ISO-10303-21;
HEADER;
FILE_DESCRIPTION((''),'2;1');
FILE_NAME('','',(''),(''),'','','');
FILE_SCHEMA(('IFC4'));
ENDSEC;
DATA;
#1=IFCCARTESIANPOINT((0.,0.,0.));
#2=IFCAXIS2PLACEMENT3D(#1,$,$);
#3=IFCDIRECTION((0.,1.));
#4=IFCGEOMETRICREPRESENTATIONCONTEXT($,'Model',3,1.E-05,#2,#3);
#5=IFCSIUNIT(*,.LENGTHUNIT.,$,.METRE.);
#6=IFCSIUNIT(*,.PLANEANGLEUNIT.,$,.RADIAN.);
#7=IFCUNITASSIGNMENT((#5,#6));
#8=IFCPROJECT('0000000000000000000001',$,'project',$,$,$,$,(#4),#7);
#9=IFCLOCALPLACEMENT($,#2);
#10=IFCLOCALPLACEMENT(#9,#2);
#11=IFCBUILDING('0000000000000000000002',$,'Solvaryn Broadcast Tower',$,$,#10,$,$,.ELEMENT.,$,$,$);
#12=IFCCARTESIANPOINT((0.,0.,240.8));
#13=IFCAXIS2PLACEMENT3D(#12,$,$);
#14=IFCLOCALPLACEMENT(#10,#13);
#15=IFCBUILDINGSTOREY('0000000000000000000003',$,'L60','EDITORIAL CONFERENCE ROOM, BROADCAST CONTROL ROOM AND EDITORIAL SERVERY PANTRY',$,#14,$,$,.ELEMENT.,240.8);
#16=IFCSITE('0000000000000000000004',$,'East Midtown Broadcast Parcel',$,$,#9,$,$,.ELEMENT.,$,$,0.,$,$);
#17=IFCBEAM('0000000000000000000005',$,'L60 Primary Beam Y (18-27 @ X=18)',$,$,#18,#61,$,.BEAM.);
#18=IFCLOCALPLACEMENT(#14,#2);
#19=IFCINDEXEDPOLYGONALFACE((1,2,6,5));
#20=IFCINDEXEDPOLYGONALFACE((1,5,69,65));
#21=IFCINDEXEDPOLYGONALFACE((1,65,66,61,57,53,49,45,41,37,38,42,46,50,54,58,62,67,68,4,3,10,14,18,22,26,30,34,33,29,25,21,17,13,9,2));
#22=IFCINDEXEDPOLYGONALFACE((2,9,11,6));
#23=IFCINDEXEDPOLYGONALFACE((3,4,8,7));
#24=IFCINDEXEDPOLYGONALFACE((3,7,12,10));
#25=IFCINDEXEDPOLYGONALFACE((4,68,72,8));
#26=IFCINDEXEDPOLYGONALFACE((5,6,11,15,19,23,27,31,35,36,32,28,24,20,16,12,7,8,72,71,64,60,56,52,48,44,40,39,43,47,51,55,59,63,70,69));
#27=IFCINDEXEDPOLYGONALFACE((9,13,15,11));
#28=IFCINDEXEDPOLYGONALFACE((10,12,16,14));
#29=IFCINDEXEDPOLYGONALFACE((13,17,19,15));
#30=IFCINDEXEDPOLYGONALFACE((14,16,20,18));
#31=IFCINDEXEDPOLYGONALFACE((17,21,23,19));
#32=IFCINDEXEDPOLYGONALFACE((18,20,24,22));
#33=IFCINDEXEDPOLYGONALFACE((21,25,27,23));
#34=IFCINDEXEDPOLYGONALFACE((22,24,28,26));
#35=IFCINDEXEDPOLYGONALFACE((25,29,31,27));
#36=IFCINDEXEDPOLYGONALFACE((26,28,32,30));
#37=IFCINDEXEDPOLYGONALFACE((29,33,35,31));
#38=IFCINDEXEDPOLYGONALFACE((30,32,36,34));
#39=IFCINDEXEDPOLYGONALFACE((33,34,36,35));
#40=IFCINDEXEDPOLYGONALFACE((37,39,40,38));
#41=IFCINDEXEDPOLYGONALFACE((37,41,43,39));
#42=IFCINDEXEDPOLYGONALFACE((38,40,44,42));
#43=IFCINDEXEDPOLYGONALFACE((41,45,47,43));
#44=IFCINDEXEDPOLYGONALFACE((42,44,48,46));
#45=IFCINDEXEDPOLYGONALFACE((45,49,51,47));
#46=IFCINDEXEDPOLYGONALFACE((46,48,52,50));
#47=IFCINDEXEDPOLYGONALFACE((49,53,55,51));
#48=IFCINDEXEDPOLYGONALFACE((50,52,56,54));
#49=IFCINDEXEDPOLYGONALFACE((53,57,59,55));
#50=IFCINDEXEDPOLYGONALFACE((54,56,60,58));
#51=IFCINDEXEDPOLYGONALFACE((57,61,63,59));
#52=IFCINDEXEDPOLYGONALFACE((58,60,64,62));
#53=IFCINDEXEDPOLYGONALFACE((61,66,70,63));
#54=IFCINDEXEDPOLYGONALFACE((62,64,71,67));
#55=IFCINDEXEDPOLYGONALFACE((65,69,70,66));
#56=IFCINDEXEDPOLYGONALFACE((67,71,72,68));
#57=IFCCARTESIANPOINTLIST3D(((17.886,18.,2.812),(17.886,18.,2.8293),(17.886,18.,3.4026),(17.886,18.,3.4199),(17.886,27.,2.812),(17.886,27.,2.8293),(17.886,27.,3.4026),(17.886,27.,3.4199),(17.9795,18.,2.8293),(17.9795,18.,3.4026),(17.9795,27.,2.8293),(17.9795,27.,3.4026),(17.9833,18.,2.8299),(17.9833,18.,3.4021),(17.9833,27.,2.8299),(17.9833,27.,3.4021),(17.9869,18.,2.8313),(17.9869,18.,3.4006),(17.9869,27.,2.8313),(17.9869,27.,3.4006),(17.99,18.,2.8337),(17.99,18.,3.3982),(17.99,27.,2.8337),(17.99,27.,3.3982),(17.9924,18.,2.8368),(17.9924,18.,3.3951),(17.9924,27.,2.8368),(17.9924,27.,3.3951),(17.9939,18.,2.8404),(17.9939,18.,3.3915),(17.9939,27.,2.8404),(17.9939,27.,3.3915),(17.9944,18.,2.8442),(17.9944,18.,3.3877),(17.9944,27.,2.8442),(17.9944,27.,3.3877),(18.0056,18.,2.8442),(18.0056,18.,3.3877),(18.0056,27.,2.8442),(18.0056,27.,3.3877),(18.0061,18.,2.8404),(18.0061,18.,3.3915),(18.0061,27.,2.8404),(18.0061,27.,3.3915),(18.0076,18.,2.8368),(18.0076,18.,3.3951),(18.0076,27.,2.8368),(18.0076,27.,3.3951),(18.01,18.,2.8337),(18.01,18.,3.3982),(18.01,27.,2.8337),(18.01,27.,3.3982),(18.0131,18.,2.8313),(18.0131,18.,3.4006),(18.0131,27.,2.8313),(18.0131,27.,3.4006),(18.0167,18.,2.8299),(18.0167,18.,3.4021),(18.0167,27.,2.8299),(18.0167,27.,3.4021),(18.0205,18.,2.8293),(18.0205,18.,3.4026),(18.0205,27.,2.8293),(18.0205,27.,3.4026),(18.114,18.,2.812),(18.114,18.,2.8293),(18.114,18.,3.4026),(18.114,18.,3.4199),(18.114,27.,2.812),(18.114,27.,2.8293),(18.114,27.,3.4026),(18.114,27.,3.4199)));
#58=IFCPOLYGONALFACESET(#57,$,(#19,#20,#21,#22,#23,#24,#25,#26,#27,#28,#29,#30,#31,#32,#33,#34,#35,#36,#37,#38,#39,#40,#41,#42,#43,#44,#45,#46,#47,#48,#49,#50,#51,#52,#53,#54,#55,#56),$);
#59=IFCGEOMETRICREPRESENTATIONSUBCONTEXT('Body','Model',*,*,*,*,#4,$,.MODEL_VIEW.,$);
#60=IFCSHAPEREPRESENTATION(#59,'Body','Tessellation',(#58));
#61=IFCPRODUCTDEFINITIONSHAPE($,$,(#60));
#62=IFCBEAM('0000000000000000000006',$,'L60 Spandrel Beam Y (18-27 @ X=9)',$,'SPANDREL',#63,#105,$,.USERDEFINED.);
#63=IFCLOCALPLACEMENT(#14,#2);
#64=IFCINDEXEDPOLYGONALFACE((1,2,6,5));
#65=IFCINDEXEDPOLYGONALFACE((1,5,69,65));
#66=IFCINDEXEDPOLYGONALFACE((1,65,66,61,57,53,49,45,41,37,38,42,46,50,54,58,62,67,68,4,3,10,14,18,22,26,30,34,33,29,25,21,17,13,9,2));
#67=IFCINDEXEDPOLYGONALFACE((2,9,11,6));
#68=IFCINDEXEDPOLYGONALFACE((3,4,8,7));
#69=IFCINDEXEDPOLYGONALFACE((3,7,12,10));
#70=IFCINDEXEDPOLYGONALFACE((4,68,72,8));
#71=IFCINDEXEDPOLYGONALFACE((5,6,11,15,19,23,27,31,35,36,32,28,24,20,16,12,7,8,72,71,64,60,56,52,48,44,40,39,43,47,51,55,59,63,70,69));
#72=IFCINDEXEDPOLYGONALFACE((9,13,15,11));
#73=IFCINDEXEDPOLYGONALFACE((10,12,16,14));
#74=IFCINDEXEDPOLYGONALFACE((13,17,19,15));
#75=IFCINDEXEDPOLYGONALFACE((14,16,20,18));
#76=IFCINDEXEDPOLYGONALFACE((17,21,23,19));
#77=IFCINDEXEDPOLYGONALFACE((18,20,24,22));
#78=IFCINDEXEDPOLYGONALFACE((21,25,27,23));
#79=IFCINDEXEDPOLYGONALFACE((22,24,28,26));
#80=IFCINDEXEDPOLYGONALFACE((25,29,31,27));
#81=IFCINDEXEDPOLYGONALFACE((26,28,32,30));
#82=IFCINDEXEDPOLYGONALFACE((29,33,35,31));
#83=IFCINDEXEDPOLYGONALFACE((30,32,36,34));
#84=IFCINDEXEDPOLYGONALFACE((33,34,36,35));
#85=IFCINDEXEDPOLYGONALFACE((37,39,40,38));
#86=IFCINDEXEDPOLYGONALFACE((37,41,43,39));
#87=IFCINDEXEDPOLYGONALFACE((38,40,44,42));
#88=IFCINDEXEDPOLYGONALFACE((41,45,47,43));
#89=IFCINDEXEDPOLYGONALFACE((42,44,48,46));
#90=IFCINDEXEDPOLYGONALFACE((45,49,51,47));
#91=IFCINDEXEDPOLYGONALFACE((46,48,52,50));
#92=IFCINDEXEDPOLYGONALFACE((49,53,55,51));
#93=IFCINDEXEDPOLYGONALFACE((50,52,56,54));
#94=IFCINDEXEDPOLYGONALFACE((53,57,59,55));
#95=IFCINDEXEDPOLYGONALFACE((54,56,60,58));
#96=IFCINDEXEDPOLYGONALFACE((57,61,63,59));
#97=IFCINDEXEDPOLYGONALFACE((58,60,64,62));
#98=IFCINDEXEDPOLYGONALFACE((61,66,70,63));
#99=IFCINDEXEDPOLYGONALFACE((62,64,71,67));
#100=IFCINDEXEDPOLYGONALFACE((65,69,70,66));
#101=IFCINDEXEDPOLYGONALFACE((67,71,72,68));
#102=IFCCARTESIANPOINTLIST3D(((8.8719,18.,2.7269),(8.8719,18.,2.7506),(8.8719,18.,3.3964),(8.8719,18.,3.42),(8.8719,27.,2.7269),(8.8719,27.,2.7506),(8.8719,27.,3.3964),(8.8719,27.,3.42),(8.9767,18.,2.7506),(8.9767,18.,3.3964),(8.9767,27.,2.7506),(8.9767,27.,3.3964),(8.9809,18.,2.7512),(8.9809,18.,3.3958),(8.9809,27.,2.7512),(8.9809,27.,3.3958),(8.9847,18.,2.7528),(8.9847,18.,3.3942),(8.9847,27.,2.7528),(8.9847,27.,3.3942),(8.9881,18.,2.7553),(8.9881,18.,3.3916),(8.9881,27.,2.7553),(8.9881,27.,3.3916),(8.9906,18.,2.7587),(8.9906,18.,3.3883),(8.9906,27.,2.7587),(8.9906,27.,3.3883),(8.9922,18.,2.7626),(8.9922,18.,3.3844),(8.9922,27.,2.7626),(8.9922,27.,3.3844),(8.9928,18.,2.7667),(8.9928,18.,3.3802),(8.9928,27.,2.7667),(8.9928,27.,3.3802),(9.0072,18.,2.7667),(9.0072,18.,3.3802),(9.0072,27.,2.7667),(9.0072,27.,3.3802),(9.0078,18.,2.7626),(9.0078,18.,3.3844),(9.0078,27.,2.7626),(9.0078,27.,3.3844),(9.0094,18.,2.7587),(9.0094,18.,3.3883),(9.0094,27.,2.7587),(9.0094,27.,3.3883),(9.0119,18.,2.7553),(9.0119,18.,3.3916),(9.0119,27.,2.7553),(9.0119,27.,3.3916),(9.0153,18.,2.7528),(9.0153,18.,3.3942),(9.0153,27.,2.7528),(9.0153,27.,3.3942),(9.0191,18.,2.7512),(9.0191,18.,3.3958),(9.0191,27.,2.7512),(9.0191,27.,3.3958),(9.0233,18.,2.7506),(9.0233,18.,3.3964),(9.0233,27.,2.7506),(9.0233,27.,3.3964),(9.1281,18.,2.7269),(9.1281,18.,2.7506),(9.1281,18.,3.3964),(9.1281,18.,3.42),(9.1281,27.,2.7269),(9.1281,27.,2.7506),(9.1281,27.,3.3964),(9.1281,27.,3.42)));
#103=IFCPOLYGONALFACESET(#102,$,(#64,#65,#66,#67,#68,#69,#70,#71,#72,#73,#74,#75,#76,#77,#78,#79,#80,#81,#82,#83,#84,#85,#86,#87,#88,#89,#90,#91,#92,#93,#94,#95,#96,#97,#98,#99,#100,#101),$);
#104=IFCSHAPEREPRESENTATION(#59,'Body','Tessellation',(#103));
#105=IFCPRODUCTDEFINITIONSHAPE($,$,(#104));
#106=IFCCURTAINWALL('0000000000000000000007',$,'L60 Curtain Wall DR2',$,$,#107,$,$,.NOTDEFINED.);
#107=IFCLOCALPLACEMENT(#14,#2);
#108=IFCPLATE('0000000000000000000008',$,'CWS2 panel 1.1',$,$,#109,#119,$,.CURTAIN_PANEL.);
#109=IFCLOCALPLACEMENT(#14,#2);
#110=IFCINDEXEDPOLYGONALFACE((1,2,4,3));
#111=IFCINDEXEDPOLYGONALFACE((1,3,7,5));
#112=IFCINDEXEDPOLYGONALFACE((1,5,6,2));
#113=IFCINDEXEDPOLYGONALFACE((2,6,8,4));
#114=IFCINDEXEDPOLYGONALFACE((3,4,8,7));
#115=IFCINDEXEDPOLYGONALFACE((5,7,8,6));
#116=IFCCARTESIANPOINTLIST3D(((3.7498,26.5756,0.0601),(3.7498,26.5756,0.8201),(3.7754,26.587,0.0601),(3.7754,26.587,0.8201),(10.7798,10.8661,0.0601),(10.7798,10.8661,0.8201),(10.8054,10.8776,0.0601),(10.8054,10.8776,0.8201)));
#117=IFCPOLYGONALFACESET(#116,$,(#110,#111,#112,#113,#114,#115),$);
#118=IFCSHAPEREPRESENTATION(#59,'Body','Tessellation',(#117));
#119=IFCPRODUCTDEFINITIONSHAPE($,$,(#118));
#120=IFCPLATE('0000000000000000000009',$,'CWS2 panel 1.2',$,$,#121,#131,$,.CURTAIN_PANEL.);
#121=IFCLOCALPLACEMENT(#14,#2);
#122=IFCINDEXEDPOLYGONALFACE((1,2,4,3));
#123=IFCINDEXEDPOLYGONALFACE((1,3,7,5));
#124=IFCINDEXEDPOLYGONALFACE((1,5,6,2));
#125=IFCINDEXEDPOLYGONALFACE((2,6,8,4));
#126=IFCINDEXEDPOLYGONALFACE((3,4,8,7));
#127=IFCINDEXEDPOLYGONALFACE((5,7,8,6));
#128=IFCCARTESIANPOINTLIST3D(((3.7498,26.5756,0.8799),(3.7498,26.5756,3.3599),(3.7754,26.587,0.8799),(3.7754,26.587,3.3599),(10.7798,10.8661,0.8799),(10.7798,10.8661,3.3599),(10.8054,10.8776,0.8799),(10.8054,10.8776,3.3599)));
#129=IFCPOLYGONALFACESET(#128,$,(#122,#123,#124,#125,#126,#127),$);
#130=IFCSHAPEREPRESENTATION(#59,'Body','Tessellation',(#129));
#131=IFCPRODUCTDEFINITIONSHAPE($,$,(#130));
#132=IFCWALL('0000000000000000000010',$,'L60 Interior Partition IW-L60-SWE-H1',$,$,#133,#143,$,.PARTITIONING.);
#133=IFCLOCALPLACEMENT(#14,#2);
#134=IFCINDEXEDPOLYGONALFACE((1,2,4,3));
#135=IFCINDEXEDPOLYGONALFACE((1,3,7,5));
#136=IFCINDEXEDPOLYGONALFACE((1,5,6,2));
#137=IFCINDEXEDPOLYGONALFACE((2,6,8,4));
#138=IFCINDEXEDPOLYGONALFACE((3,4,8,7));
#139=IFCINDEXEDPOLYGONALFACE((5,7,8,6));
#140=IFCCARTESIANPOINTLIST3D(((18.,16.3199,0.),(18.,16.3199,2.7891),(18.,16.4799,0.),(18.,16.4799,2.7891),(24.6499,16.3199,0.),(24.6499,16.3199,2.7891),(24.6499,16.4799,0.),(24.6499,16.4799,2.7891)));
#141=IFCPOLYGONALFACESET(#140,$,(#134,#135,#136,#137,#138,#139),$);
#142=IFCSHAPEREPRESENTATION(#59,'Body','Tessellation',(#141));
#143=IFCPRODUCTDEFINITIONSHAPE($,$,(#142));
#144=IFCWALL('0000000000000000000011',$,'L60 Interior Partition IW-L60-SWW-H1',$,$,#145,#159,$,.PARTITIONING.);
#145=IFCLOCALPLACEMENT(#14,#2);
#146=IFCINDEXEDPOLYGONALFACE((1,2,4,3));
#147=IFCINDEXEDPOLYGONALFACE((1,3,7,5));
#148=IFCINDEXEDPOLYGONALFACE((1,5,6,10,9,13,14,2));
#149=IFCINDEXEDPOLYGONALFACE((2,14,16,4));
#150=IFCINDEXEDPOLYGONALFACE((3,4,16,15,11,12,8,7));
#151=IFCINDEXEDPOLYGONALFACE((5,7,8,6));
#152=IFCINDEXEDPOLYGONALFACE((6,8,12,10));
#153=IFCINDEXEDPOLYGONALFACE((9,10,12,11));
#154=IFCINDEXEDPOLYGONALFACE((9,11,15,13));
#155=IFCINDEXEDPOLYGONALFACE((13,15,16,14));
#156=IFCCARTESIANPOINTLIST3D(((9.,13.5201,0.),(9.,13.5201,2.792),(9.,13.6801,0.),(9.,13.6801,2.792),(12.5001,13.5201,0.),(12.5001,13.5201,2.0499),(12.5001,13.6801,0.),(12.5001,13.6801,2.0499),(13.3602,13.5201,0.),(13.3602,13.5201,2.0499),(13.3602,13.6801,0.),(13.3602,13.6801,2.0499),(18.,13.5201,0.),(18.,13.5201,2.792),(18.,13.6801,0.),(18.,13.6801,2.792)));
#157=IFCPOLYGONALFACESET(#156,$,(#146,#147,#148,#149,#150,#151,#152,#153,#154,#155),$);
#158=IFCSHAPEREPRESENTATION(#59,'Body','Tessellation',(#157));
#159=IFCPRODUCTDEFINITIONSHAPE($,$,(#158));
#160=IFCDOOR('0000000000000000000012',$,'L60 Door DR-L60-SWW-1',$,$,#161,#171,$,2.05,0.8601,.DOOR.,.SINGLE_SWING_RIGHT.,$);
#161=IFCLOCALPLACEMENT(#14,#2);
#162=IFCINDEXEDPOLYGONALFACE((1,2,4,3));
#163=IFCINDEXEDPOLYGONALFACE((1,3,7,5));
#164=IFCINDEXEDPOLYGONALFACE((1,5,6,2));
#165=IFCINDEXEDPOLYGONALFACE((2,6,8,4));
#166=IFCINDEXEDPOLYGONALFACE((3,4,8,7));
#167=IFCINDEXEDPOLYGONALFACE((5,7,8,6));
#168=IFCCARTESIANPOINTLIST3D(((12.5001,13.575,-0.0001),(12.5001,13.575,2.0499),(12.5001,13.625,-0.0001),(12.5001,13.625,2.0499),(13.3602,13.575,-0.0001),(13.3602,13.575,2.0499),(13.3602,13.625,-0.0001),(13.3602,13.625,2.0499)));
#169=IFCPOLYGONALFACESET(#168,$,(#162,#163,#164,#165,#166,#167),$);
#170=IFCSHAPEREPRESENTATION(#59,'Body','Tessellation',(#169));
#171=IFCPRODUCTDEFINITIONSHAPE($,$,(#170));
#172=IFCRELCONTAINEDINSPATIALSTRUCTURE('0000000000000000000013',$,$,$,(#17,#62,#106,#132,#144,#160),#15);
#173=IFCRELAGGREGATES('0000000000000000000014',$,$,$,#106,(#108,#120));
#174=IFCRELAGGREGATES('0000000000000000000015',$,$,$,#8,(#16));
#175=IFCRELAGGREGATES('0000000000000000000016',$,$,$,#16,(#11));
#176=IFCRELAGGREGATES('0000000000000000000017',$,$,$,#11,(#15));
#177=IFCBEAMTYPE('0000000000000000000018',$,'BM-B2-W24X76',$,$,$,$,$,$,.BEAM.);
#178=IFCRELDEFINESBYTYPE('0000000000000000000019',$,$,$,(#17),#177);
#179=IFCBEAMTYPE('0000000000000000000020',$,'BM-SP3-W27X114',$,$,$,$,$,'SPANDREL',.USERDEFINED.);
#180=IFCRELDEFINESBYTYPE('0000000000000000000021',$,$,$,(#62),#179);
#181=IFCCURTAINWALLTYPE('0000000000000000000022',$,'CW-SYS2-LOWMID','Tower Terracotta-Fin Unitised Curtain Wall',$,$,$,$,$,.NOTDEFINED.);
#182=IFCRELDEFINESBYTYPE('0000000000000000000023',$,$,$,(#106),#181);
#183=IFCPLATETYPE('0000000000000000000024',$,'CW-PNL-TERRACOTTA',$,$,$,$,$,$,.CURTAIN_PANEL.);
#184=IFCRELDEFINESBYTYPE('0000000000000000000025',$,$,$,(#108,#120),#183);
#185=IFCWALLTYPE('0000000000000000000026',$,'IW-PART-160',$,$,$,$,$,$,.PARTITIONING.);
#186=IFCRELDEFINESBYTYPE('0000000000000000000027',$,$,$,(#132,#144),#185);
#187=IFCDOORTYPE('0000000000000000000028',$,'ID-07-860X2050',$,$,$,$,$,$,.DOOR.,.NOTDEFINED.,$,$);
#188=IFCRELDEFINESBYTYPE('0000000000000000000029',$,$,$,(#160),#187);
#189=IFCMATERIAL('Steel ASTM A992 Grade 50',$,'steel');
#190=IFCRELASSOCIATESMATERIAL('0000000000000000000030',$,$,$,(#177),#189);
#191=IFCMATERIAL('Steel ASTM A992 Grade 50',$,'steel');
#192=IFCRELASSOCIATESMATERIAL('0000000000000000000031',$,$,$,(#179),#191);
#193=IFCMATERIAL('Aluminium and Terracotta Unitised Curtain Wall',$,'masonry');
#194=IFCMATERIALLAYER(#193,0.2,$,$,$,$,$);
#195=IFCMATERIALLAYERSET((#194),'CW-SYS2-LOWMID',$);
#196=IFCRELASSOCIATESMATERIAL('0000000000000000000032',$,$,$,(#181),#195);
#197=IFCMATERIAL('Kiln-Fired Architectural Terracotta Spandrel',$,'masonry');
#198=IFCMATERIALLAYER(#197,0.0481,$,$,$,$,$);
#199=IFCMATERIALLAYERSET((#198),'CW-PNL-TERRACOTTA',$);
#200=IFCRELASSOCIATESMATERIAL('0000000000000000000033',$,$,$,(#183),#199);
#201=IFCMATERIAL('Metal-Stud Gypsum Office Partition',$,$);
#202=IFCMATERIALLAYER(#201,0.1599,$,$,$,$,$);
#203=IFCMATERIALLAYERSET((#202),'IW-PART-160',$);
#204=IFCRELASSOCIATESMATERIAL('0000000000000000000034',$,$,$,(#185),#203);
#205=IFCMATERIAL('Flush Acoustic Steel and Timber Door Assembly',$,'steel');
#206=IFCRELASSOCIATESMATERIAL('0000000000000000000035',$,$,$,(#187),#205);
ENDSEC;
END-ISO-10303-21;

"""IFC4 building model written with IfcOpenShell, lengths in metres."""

from ifc_helpers import new_model, si_unit, direction, frame, frame_2d, origin, origin_2d, place, context, subcontext, project, spatial, rectangle, i_section, extrude, material, layer, layer_set, material_profile, profile_set, type_object, element, fill, aggregate, save


model = new_model("IFC4")

# Units and contexts
model_context = context("Model", 3, precision=1e-05, world=origin(), true_north=direction((0.0, 1.0)))
body_context = subcontext(model_context, "Body", "Model", "MODEL_VIEW")
ifc_project = project(units=[si_unit("LENGTHUNIT", "METRE"), si_unit("PLANEANGLEUNIT", "RADIAN")], contexts=[model_context])

# Site, building, storey
site_placement = place(None, origin())
site = spatial("IfcSite", under=ifc_project, at=site_placement, Name="East Midtown Broadcast Parcel", CompositionType="ELEMENT", RefElevation=0.0)
building_placement = place(site_placement, origin())
building = spatial("IfcBuilding", under=site, at=building_placement, Name="Solvaryn Broadcast Tower", CompositionType="ELEMENT")
storey_placement = place(building_placement, frame((0.0, 0.0, 240.8)))
storey = spatial("IfcBuildingStorey", under=building, at=storey_placement, Name="L60", Description="EDITORIAL CONFERENCE ROOM, BROADCAST CONTROL ROOM AND EDITORIAL SERVERY PANTRY", CompositionType="ELEMENT", Elevation=240.8)

# Beams
ifc_material_1 = material(Name="Steel ASTM A992 Grade 50", Category="steel")
ifc_material_profile_1 = material_profile(ifc_material_1, i_section(OverallWidth=0.228, OverallDepth=0.6079, WebThickness=0.0112, FlangeThickness=0.0173, FilletRadius=0.0149, at=origin_2d()))
ifc_profile_set_1 = profile_set([ifc_material_profile_1], Name="Steel ASTM A992 Grade 50")
beam_type_1 = type_object("IfcBeamType", Name="BM-B2-W24X76", PredefinedType="BEAM", material=ifc_profile_set_1)
beam_1_placement = place(storey_placement, frame((18.0, 18.0, 3.116), z_axis=(0.0, 1.0, 0.0), x_axis=(-1.0, 0.0, 0.0)))
element("IfcBeam", 1, at=beam_1_placement, inside=storey, type_object=beam_type_1, Name="L60 Primary Beam Y (18-27 @ X=18)", PredefinedType="BEAM", context=body_context, shape_type="SweptSolid", body=[
    extrude(i_section(OverallWidth=0.228, OverallDepth=0.6079, WebThickness=0.0112, FlangeThickness=0.0173, FilletRadius=0.0149, at=origin_2d()), origin(), (0.0, 0.0, 1.0), 9.0),
])
ifc_material_2 = material(Name="Steel ASTM A992 Grade 50", Category="steel")
ifc_material_profile_2 = material_profile(ifc_material_2, i_section(OverallWidth=0.2561, OverallDepth=0.6931, WebThickness=0.0144, FlangeThickness=0.0237, FilletRadius=0.0161, at=origin_2d()))
ifc_profile_set_2 = profile_set([ifc_material_profile_2], Name="Steel ASTM A992 Grade 50")
beam_type_2 = type_object("IfcBeamType", Name="BM-SP3-W27X114", ElementType="SPANDREL", PredefinedType="USERDEFINED", material=ifc_profile_set_2)
beam_2_placement = place(storey_placement, frame((9.0, 18.0, 3.0735), z_axis=(0.0, 1.0, 0.0), x_axis=(-1.0, 0.0, 0.0)))
element("IfcBeam", 2, at=beam_2_placement, inside=storey, type_object=beam_type_2, Name="L60 Spandrel Beam Y (18-27 @ X=9)", ObjectType="SPANDREL", PredefinedType="USERDEFINED", context=body_context, shape_type="SweptSolid", body=[
    extrude(i_section(OverallWidth=0.2561, OverallDepth=0.6931, WebThickness=0.0144, FlangeThickness=0.0237, FilletRadius=0.0161, at=origin_2d()), origin(), (0.0, 0.0, 1.0), 9.0),
])

# Curtain wall, plates
ifc_material_3 = material(Name="Aluminium and Terracotta Unitised Curtain Wall", Category="masonry")
ifc_layer_1 = layer(ifc_material_3, 0.2)
ifc_layer_set_1 = layer_set([ifc_layer_1], Name="CW-SYS2-LOWMID")
curtain_wall_type = type_object("IfcCurtainWallType", Name="CW-SYS2-LOWMID", Description="Tower Terracotta-Fin Unitised Curtain Wall", PredefinedType="NOTDEFINED", material=ifc_layer_set_1)
curtain_wall_placement = place(storey_placement, origin())
curtain_wall = element("IfcCurtainWall", 3, at=curtain_wall_placement, inside=storey, type_object=curtain_wall_type, Name="L60 Curtain Wall DR2", PredefinedType="NOTDEFINED")
ifc_material_4 = material(Name="Kiln-Fired Architectural Terracotta Spandrel", Category="masonry")
ifc_layer_2 = layer(ifc_material_4, 0.0481)
ifc_layer_set_2 = layer_set([ifc_layer_2], Name="CW-PNL-TERRACOTTA")
plate_type = type_object("IfcPlateType", Name="CW-PNL-TERRACOTTA", PredefinedType="CURTAIN_PANEL", material=ifc_layer_set_2)
plate_1_placement = place(storey_placement, frame((7.2776, 18.7266, 0.0601), z_axis=(0.0, 0.0, 1.0), x_axis=(0.408466, -0.912774, 0.0)))
plate_1 = element("IfcPlate", 4, at=plate_1_placement, type_object=plate_type, Name="CWS2 panel 1.1", PredefinedType="CURTAIN_PANEL", context=body_context, shape_type="SweptSolid", body=[
    extrude(rectangle(XDim=17.2107, YDim=0.0281, at=origin_2d()), origin(), (0.0, 0.0, 1.0), 0.76),
])
plate_2_placement = place(storey_placement, frame((7.2776, 18.7266, 0.8799), z_axis=(0.0, 0.0, 1.0), x_axis=(0.408466, -0.912774, 0.0)))
plate_2 = element("IfcPlate", 5, at=plate_2_placement, type_object=plate_type, Name="CWS2 panel 1.2", PredefinedType="CURTAIN_PANEL", context=body_context, shape_type="SweptSolid", body=[
    extrude(rectangle(XDim=17.2107, YDim=0.0281, at=origin_2d()), origin(), (0.0, 0.0, 1.0), 2.48),
])
aggregate(curtain_wall, [plate_1, plate_2])

# Wall
ifc_material_5 = material(Name="Metal-Stud Gypsum Office Partition")
ifc_layer_3 = layer(ifc_material_5, 0.1599)
ifc_layer_set_3 = layer_set([ifc_layer_3], Name="IW-PART-160")
wall_type = type_object("IfcWallType", Name="IW-PART-160", PredefinedType="PARTITIONING", material=ifc_layer_set_3)
wall_1_placement = place(storey_placement, frame((18.0, 16.3999, 0.0), z_axis=(0.0, 0.0, 1.0), x_axis=(1.0, 0.0, 0.0)))
element("IfcWall", 6, at=wall_1_placement, inside=storey, type_object=wall_type, Name="L60 Interior Partition IW-L60-SWE-H1", PredefinedType="PARTITIONING", context=body_context, shape_type="SweptSolid", body=[
    extrude(rectangle(XDim=6.6499, YDim=0.1599, at=frame_2d((3.325, 0.0))), origin(), (0.0, 0.0, 1.0), 2.7891),
])

# Wall, opening, door
wall_2_placement = place(storey_placement, frame((9.0, 13.6001, 0.0), z_axis=(0.0, 0.0, 1.0), x_axis=(1.0, 0.0, 0.0)))
wall_2 = element("IfcWall", 7, at=wall_2_placement, inside=storey, type_object=wall_type, Name="L60 Interior Partition IW-L60-SWW-H1", PredefinedType="PARTITIONING", context=body_context, shape_type="SweptSolid", body=[
    extrude(rectangle(XDim=9.0, YDim=0.1599, at=frame_2d((4.5, 0.0))), origin(), (0.0, 0.0, 1.0), 2.792),
])
opening_1_placement = place(wall_2_placement, frame((3.5, 0.0, 0.0)))
opening_1 = element("IfcOpeningElement", 8, at=opening_1_placement, cuts=wall_2, PredefinedType="OPENING", context=body_context, shape_type="SweptSolid", body=[
    extrude(rectangle(XDim=0.8601, YDim=2.05, at=frame_2d((0.4302, 1.0249))), frame((0.0, 0.0901, 0.0), z_axis=(0.0, -1.0, 0.0), x_axis=(1.0, 0.0, 0.0)), (0.0, 0.0, 1.0), 0.1799),
])
ifc_material_6 = material(Name="Flush Acoustic Steel and Timber Door Assembly", Category="steel")
door_type_1 = type_object("IfcDoorType", Name="ID-07-860X2050", OperationType="NOTDEFINED", PredefinedType="DOOR", material=ifc_material_6)
door_1_placement = place(opening_1_placement, origin())
door_1 = element("IfcDoor", 9, at=door_1_placement, inside=storey, type_object=door_type_1, Name="L60 Door DR-L60-SWW-1", OperationType="SINGLE_SWING_RIGHT", OverallHeight=2.05, OverallWidth=0.8601, PredefinedType="DOOR", context=body_context, shape_type="SweptSolid", body=[
    extrude(rectangle(XDim=0.8601, YDim=2.05, at=frame_2d((0.4302, 1.0249))), frame((0.0, 0.0249, 0.0), z_axis=(0.0, -1.0, 0.0), x_axis=(1.0, 0.0, 0.0)), (0.0, 0.0, 1.0), 0.05),
])
fill(opening_1, door_1)

save(model, "model.ifc")
